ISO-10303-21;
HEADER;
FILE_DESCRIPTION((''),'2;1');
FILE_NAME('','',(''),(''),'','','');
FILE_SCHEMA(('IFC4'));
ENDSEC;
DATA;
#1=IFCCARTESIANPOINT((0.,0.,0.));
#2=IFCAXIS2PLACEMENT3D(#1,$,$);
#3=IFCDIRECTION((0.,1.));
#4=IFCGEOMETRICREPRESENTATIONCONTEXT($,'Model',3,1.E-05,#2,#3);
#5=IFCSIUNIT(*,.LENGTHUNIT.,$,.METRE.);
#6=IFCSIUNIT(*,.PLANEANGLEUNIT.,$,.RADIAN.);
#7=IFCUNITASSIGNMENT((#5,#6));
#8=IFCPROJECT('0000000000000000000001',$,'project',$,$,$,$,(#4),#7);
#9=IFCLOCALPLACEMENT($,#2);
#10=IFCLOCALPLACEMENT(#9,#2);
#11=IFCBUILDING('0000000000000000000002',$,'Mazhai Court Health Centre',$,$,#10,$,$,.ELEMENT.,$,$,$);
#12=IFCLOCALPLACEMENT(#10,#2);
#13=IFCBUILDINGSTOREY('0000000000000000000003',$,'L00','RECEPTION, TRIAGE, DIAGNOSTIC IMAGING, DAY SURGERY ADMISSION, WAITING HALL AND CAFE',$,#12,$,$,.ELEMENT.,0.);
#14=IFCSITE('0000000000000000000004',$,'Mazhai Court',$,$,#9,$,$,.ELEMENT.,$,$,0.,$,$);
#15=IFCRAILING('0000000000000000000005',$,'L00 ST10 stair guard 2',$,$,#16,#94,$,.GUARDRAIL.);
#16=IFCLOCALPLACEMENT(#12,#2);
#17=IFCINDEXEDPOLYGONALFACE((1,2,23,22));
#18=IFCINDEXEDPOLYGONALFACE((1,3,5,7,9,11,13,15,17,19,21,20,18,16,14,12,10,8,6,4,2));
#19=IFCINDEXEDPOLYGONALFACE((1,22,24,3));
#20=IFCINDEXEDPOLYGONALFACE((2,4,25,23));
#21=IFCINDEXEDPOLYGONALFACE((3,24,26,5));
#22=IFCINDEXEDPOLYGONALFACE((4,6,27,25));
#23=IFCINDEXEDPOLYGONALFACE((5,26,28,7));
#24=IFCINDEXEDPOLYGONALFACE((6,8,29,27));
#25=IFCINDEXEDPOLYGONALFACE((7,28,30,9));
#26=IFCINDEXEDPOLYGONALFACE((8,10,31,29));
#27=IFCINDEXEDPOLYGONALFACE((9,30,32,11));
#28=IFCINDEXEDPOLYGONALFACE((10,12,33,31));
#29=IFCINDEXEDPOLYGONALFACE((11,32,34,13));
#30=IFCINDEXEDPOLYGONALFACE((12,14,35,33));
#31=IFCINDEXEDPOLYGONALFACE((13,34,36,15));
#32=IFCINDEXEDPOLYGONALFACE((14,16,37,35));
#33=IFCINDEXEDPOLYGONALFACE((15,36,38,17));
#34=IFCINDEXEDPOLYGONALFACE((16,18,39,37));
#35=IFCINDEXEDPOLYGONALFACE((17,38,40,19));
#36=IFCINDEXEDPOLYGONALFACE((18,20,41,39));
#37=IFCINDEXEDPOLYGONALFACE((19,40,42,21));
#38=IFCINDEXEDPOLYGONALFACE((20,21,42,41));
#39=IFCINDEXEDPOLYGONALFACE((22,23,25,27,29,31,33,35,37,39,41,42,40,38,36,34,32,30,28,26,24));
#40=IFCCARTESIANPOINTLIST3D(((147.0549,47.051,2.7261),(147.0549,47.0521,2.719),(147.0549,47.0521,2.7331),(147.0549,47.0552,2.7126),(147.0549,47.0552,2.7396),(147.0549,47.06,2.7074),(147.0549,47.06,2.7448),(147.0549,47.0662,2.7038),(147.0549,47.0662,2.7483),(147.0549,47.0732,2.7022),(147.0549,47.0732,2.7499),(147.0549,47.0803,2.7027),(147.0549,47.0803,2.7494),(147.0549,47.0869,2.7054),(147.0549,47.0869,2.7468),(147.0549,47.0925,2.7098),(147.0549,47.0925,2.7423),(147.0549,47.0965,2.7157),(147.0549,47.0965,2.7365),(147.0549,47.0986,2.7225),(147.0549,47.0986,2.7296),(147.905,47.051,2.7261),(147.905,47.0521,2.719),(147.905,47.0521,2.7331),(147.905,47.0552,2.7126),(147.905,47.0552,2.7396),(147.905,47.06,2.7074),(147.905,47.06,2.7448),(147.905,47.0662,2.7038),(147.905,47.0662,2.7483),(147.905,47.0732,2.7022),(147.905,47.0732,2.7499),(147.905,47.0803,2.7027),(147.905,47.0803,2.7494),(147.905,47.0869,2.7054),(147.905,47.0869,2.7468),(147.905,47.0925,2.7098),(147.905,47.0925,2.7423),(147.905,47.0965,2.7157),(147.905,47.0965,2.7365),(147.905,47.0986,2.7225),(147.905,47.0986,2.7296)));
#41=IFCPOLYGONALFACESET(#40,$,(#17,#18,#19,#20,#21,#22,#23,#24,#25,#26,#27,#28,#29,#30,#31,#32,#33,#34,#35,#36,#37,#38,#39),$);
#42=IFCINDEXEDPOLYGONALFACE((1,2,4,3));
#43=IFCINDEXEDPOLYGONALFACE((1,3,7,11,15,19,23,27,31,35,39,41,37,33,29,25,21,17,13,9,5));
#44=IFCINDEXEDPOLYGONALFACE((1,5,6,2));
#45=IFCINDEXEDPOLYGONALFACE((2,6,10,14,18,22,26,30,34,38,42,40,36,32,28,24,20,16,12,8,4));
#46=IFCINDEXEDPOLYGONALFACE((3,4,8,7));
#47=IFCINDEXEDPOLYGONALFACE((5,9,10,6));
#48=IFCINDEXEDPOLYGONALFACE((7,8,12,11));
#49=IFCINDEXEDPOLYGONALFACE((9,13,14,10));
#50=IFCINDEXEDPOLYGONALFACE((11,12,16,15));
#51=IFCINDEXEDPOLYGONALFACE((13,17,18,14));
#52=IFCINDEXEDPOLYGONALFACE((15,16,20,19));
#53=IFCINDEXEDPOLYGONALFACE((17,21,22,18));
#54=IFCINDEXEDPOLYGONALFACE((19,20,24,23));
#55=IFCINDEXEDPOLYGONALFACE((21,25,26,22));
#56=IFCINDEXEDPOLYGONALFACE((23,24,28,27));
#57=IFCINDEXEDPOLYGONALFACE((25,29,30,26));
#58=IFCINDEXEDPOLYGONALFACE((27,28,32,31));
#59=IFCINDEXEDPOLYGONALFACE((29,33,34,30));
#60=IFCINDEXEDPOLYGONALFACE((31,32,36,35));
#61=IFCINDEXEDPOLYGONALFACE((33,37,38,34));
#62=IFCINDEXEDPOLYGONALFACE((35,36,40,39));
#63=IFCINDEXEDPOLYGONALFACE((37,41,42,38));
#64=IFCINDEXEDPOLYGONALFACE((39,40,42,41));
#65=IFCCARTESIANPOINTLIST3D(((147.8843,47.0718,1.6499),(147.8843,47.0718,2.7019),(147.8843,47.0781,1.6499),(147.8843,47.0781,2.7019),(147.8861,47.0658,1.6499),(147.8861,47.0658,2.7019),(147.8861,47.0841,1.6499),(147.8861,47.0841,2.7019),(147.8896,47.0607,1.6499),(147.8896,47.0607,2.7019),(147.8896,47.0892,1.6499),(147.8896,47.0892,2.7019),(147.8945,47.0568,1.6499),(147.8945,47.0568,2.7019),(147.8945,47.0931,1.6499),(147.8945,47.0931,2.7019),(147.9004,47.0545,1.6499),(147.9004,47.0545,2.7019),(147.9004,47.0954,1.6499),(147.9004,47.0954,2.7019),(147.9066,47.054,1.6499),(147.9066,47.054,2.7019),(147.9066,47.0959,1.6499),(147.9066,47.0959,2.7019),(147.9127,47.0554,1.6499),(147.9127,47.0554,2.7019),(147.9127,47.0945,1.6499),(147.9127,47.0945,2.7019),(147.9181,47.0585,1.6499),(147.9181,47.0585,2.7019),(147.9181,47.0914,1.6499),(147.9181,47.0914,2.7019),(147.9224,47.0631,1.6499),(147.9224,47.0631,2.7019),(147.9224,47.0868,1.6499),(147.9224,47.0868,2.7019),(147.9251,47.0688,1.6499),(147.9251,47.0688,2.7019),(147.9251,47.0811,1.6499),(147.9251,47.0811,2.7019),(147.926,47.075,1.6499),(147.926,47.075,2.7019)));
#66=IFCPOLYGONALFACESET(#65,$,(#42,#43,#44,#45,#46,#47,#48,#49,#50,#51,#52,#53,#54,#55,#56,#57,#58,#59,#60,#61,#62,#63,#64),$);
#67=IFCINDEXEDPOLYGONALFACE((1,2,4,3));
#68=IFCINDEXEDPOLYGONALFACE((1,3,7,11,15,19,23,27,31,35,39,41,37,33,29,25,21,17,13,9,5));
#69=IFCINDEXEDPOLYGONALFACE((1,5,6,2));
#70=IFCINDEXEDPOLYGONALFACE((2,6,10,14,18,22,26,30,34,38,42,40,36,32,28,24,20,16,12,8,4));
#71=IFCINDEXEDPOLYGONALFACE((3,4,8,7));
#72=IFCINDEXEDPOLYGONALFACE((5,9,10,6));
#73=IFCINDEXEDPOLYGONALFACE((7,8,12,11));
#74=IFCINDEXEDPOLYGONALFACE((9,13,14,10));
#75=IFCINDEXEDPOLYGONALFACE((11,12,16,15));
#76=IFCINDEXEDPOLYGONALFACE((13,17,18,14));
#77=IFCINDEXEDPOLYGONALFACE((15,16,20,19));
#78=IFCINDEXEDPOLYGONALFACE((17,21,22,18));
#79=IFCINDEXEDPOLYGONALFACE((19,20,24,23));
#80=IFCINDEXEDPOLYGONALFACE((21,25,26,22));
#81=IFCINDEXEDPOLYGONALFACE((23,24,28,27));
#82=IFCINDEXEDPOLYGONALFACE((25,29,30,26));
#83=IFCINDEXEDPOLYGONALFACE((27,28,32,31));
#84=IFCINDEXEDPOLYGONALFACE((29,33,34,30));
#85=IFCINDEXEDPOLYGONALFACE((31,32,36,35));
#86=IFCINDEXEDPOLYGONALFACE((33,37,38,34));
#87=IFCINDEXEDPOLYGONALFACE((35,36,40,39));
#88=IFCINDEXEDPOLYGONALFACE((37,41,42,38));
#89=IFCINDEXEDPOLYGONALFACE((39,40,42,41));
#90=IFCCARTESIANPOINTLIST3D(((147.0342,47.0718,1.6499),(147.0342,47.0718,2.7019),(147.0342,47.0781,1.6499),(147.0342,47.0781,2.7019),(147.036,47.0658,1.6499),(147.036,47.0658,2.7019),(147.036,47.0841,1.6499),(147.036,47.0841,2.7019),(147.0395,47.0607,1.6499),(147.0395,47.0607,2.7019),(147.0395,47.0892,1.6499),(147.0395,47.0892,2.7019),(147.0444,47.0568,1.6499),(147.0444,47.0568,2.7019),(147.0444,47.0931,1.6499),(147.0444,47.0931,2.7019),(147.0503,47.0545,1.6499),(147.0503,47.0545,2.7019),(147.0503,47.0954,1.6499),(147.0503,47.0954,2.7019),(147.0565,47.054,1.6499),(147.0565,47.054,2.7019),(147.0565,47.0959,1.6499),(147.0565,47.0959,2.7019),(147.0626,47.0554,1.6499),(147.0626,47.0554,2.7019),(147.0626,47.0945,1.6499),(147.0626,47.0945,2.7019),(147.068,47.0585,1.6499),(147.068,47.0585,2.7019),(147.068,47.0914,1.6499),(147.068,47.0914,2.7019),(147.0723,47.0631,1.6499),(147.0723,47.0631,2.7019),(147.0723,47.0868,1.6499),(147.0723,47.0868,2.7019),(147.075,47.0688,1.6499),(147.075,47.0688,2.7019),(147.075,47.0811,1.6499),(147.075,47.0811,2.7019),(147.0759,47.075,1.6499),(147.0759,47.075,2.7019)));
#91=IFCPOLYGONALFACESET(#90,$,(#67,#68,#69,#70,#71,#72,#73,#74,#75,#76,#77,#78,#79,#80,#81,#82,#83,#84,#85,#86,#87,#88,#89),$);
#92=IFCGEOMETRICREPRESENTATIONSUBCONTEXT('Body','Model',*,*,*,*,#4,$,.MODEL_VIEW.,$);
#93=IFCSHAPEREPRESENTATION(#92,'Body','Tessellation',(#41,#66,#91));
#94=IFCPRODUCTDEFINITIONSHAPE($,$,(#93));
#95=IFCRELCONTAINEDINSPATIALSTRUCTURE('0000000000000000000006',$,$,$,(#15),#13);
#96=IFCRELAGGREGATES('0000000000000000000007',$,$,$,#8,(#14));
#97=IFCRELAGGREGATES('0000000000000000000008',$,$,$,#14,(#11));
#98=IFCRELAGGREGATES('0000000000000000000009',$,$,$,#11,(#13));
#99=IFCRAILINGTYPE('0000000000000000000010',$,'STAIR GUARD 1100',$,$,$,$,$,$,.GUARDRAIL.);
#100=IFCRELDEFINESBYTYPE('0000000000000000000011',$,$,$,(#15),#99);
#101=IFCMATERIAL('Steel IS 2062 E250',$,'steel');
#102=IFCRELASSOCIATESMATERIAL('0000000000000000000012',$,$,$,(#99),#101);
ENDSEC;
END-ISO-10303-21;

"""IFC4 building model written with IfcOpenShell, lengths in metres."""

from ifc_helpers import new_model, si_unit, direction, frame, origin, origin_2d, place, context, subcontext, project, spatial, circle, extrude, material, type_object, element, save


model = new_model("IFC4")

# Units and contexts
model_context = context("Model", 3, precision=1e-05, world=origin(), true_north=direction((0.0, 1.0)))
body_context = subcontext(model_context, "Body", "Model", "MODEL_VIEW")
ifc_project = project(units=[si_unit("LENGTHUNIT", "METRE"), si_unit("PLANEANGLEUNIT", "RADIAN")], contexts=[model_context])

# Site, building, storey
site_placement = place(None, origin())
site = spatial("IfcSite", under=ifc_project, at=site_placement, Name="Mazhai Court", CompositionType="ELEMENT", RefElevation=0.0)
building_placement = place(site_placement, origin())
building = spatial("IfcBuilding", under=site, at=building_placement, Name="Mazhai Court Health Centre", CompositionType="ELEMENT")
storey_placement = place(building_placement, origin())
storey = spatial("IfcBuildingStorey", under=building, at=storey_placement, Name="L00", Description="RECEPTION, TRIAGE, DIAGNOSTIC IMAGING, DAY SURGERY ADMISSION, WAITING HALL AND CAFE", CompositionType="ELEMENT", Elevation=0.0)

# Railing
ifc_material_1 = material(Name="Steel IS 2062 E250", Category="steel")
railing_type_1 = type_object("IfcRailingType", Name="STAIR GUARD 1100", PredefinedType="GUARDRAIL", material=ifc_material_1)
railing_1_placement = place(storey_placement, frame((147.905, 47.075, 1.6499)))
element("IfcRailing", 1, at=railing_1_placement, inside=storey, type_object=railing_type_1, Name="L00 ST10 stair guard 2", PredefinedType="GUARDRAIL", context=body_context, shape_type="SweptSolid", body=[
    extrude(circle(Radius=0.0239, at=origin_2d()), frame((0.0, 0.0, 1.0762), z_axis=(-1.0, 0.0, 0.0), x_axis=(0.0, -1.0, 0.0)), (0.0, 0.0, 1.0), 0.8501),
    extrude(circle(Radius=0.021, at=origin_2d()), origin(), (0.0, 0.0, 1.0), 1.052),
    extrude(circle(Radius=0.021, at=origin_2d()), frame((-0.8501, 0.0, 0.0)), (0.0, 0.0, 1.0), 1.052),
])

save(model, "model.ifc")
